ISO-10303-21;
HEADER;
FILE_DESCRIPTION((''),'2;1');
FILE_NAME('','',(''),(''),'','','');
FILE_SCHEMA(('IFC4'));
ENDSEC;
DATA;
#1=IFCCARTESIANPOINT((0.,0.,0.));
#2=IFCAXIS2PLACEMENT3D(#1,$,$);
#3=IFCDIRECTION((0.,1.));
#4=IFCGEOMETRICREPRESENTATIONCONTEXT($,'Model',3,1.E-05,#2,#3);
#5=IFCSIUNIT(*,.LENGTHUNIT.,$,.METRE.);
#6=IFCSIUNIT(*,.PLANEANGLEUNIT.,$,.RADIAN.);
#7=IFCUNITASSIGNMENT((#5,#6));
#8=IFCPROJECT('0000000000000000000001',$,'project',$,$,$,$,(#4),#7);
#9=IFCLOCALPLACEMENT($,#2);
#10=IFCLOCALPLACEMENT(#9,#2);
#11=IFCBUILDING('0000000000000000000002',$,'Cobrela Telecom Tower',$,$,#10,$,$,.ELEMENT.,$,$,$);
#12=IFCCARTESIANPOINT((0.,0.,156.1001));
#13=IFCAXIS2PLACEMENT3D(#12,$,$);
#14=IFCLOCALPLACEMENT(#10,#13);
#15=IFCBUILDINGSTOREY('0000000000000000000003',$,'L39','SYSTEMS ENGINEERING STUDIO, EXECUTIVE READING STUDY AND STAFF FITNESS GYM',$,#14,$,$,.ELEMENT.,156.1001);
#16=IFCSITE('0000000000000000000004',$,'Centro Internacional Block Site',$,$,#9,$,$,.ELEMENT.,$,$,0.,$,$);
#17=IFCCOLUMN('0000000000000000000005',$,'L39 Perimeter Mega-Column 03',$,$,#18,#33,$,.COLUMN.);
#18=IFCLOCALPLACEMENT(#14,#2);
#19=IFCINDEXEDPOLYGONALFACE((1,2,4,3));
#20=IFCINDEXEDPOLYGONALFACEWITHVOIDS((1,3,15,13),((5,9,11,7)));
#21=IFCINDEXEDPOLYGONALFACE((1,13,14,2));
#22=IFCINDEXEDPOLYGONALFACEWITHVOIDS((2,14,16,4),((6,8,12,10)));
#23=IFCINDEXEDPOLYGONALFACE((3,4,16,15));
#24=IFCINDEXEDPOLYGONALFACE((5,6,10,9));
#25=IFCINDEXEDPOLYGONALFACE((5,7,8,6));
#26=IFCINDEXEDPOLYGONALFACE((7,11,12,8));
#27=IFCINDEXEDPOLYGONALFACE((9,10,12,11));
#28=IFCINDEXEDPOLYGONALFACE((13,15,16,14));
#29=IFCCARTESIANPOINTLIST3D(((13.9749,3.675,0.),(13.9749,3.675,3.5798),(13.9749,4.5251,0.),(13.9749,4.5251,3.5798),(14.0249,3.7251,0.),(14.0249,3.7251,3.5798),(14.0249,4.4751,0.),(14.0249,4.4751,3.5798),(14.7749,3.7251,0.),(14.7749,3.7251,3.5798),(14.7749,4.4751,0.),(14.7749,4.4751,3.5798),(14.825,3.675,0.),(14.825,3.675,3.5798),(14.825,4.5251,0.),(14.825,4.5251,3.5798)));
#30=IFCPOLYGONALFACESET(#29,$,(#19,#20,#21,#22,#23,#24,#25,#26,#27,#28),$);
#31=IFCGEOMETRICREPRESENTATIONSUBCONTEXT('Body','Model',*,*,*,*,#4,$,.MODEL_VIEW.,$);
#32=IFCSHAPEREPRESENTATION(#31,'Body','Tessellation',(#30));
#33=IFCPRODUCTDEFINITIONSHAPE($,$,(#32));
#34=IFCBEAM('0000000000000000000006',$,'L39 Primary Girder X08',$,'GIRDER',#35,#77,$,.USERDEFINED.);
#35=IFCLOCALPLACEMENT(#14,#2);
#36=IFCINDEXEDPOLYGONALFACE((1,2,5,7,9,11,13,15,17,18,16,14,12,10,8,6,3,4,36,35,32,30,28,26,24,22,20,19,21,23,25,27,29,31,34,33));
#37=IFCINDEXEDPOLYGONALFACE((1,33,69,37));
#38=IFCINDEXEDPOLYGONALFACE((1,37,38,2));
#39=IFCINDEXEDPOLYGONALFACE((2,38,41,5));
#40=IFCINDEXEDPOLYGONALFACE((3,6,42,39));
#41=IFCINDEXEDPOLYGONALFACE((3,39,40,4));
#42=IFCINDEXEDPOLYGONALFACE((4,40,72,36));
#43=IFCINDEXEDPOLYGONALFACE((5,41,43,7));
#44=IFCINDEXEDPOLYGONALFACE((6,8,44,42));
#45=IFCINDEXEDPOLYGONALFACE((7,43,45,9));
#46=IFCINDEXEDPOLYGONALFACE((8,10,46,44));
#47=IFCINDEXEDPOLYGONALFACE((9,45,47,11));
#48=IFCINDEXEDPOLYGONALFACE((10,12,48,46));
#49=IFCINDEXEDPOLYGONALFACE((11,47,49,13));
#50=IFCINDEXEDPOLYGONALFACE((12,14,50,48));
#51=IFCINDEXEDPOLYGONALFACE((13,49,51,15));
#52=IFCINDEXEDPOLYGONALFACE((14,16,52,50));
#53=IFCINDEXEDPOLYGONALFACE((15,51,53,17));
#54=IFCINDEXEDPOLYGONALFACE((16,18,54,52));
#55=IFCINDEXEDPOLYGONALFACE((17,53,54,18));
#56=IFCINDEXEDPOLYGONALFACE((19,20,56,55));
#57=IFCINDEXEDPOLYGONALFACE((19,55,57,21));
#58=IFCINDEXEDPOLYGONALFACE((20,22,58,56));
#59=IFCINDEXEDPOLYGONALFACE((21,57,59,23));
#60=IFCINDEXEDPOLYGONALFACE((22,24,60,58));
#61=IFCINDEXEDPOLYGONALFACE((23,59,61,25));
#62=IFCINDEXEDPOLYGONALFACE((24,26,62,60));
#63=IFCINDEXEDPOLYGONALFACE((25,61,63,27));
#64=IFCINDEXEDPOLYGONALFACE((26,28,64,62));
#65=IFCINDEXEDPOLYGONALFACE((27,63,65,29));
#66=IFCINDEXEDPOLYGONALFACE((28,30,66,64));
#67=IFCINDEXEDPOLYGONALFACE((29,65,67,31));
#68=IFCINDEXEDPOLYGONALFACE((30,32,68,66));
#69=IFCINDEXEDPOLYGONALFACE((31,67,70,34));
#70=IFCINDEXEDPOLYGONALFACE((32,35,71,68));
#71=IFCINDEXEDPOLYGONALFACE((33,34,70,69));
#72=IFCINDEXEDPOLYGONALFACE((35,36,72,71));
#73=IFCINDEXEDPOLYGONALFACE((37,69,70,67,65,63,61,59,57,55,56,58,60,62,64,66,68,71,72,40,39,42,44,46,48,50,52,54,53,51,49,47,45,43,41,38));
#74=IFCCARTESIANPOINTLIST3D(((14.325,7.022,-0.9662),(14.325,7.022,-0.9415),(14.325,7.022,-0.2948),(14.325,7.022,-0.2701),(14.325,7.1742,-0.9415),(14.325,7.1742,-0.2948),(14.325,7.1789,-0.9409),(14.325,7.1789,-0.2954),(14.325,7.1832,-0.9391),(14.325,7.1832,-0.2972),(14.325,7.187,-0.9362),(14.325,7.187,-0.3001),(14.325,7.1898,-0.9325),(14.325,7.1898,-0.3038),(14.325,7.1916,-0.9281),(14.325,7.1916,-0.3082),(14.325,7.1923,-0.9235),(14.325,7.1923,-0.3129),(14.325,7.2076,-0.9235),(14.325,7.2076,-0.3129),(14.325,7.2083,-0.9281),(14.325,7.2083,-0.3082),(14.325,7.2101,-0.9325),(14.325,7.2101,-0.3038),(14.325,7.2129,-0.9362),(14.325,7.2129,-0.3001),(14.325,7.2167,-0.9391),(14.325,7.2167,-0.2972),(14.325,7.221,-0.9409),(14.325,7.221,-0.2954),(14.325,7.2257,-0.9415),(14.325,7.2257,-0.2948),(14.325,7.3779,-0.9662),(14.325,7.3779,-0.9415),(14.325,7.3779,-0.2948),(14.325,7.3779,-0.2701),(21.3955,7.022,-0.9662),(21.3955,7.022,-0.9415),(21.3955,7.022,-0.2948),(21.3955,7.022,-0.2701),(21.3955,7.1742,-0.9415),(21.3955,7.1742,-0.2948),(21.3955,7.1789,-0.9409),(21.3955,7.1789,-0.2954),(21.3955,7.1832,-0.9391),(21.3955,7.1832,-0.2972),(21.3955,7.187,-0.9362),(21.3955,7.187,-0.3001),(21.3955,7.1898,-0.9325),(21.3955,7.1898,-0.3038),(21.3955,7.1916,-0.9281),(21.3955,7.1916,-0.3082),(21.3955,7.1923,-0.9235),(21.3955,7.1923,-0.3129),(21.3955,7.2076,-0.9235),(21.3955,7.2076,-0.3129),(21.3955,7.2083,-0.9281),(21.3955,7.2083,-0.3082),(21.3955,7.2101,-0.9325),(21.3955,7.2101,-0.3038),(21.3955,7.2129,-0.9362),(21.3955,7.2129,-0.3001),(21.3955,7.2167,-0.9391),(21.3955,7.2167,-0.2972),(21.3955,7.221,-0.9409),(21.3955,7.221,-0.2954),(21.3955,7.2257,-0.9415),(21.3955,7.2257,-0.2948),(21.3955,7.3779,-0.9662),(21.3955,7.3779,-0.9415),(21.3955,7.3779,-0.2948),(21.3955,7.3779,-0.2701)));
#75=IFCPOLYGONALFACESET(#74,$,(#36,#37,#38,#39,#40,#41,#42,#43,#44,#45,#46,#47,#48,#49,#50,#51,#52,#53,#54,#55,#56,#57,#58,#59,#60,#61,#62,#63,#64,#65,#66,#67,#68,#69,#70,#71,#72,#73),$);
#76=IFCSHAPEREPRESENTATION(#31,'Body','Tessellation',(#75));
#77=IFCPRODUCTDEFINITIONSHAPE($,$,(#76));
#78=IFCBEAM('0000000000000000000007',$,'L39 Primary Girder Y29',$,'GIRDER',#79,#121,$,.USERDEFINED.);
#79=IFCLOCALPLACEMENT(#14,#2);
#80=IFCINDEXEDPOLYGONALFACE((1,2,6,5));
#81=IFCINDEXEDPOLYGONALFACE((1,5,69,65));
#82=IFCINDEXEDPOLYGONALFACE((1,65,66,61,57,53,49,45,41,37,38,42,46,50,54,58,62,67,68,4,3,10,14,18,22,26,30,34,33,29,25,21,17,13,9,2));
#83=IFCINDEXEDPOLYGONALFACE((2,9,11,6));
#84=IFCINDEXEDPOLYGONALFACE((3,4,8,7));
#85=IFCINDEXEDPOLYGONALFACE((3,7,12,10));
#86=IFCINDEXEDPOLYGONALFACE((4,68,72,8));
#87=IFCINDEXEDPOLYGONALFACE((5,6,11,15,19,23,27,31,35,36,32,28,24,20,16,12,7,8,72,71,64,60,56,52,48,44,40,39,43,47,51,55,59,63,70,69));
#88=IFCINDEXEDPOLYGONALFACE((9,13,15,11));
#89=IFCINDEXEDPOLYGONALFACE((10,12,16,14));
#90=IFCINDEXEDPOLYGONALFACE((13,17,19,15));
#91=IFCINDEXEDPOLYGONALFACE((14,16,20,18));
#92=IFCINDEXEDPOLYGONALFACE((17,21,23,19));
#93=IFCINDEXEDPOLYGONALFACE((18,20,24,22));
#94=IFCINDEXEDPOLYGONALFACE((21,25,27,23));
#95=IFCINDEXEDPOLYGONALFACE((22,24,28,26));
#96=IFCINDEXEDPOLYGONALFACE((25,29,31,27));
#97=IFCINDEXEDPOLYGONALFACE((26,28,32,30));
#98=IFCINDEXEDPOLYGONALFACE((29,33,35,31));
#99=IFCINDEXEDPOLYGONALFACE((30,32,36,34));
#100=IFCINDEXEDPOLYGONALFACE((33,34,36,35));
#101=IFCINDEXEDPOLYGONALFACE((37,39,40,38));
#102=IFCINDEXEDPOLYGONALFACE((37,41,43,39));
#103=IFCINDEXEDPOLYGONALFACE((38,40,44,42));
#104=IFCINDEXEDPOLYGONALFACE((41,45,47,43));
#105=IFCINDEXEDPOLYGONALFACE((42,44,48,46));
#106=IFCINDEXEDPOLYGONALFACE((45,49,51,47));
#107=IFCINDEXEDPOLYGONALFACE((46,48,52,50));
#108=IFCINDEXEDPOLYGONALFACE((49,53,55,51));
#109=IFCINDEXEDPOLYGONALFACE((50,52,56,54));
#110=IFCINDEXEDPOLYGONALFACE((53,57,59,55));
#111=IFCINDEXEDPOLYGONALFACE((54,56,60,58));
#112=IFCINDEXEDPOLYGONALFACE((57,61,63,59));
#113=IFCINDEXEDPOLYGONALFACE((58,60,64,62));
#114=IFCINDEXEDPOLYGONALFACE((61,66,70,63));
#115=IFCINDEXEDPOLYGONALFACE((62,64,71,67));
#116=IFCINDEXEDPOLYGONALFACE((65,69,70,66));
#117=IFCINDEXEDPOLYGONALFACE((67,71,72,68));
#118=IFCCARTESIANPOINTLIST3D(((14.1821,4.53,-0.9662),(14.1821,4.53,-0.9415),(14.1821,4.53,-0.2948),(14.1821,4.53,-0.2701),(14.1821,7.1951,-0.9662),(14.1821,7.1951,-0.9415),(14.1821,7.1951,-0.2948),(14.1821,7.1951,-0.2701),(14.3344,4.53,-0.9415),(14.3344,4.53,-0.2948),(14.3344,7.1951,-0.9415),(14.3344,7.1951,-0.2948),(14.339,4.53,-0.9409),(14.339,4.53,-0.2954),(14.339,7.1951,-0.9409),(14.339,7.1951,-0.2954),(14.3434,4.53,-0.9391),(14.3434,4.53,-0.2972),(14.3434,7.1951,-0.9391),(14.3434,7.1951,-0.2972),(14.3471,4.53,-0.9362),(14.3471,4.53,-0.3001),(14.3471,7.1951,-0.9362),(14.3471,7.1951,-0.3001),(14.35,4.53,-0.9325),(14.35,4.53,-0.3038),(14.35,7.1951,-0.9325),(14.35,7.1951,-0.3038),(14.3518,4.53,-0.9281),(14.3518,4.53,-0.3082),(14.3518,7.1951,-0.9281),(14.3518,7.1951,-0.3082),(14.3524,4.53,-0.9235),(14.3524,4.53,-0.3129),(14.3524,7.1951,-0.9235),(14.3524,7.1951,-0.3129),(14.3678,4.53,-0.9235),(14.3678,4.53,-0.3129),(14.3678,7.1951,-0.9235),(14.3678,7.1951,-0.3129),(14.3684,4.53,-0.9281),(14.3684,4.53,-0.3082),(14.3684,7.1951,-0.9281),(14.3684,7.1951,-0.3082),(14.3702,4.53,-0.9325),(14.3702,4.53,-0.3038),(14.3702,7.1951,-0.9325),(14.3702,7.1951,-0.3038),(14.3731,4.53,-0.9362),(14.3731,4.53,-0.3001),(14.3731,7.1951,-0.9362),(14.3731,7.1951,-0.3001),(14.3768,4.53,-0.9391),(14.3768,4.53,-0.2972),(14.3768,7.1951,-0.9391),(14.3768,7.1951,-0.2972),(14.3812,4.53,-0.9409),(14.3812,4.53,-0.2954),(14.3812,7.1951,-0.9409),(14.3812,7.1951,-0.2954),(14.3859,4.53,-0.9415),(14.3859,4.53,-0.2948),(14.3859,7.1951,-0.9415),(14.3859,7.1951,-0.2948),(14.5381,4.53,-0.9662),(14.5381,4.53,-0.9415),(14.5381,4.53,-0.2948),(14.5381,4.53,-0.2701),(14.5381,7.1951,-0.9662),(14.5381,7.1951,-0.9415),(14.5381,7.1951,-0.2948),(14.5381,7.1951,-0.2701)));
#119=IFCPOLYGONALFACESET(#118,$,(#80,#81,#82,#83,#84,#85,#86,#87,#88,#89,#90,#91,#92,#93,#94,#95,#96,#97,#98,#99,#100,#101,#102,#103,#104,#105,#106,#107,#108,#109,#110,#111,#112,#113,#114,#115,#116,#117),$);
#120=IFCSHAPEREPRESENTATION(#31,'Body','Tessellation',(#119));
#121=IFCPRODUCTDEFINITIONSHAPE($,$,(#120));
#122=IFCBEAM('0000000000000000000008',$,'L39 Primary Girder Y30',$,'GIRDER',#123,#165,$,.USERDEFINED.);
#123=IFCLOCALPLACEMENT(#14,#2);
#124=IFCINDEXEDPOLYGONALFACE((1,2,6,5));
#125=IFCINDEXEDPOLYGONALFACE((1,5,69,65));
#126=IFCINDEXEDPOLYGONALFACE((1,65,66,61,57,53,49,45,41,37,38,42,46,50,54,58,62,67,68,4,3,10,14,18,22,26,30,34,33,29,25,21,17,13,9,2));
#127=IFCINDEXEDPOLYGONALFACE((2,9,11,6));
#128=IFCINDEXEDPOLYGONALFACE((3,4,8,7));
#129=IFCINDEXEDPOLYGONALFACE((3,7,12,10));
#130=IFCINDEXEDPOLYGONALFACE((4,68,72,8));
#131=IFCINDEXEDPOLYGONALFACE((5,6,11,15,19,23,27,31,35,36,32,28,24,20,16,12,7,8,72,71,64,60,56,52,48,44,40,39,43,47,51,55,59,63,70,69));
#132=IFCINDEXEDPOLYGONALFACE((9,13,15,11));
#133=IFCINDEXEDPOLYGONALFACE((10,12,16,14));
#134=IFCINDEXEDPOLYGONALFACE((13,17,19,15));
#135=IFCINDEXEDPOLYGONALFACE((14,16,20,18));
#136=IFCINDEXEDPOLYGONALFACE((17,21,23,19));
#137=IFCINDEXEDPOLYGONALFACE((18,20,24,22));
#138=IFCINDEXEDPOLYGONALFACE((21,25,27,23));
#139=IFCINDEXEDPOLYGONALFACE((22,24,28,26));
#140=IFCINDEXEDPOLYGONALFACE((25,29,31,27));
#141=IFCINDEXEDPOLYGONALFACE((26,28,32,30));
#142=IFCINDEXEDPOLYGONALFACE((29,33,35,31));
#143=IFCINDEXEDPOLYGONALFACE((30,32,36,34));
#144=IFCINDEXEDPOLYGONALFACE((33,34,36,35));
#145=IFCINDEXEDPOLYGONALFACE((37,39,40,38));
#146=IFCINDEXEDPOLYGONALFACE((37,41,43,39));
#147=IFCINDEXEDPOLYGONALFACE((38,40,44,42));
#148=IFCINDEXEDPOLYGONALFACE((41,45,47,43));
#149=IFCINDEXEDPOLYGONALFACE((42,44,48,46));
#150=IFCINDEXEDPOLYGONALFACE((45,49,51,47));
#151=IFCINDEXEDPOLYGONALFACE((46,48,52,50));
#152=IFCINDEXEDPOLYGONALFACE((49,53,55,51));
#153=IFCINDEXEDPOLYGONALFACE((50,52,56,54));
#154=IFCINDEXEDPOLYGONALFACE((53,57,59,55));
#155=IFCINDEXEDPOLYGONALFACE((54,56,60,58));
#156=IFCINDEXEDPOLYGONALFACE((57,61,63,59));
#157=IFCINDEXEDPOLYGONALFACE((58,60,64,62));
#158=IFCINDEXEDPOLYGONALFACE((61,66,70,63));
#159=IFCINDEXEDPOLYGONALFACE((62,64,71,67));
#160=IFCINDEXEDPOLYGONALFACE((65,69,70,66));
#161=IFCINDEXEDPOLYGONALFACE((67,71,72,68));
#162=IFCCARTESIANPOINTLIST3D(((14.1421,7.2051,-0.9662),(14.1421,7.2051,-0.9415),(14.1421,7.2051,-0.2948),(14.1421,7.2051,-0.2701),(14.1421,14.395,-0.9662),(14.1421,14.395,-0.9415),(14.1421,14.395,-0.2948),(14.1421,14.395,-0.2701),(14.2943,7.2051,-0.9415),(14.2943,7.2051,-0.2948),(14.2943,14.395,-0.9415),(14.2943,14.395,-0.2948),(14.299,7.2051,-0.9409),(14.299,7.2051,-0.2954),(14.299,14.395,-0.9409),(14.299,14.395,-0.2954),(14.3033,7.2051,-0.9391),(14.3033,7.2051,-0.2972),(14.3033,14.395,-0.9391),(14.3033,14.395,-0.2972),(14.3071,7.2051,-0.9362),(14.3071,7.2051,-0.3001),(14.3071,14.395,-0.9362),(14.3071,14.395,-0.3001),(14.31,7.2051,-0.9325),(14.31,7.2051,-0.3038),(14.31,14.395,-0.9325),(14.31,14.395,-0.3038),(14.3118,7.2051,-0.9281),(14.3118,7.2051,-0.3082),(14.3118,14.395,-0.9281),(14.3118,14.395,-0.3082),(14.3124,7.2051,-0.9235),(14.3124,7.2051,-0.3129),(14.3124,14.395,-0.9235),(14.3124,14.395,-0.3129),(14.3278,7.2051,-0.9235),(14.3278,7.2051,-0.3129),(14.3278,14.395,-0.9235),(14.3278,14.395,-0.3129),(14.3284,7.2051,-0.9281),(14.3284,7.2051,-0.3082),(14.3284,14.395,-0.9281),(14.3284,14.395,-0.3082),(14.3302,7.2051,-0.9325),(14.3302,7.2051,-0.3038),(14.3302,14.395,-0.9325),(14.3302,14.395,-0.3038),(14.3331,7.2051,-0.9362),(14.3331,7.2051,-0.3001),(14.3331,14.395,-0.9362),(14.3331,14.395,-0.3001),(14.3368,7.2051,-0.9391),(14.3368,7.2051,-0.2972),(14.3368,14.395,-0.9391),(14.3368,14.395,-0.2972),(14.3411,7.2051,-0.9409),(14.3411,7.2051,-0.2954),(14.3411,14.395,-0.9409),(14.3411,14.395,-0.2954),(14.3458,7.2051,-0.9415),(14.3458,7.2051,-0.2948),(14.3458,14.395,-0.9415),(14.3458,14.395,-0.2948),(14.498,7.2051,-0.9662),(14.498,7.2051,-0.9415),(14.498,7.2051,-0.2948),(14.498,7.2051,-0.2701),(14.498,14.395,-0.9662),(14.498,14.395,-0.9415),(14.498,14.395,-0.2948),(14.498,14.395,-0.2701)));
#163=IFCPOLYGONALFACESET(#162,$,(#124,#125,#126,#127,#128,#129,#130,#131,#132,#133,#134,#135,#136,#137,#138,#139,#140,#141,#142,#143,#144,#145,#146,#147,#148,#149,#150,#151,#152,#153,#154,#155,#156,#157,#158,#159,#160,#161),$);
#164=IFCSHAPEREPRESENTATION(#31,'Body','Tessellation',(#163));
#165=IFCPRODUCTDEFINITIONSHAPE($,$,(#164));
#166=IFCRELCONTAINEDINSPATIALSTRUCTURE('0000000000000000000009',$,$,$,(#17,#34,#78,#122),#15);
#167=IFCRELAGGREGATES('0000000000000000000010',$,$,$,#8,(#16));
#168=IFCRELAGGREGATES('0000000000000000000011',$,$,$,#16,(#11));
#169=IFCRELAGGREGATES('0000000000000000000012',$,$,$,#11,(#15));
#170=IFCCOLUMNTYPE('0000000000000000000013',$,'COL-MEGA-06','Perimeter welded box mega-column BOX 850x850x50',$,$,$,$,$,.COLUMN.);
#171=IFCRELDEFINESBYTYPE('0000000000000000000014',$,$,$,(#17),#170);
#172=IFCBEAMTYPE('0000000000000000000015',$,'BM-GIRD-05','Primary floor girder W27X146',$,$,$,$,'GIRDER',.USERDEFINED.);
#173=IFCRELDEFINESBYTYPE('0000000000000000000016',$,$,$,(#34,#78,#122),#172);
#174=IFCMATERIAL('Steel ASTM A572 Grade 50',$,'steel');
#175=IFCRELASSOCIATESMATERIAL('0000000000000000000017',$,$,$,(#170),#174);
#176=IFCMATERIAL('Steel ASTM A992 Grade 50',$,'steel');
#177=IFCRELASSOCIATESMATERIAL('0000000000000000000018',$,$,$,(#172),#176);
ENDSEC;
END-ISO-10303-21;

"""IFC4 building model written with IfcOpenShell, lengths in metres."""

from ifc_helpers import new_model, si_unit, direction, frame, origin, origin_2d, place, context, subcontext, project, spatial, hollow_rectangle, i_section, extrude, material, material_profile, profile_set, type_object, element, save


model = new_model("IFC4")

# Units and contexts
model_context = context("Model", 3, precision=1e-05, world=origin(), true_north=direction((0.0, 1.0)))
body_context = subcontext(model_context, "Body", "Model", "MODEL_VIEW")
ifc_project = project(units=[si_unit("LENGTHUNIT", "METRE"), si_unit("PLANEANGLEUNIT", "RADIAN")], contexts=[model_context])

# Site, building, storey
site_placement = place(None, origin())
site = spatial("IfcSite", under=ifc_project, at=site_placement, Name="Centro Internacional Block Site", CompositionType="ELEMENT", RefElevation=0.0)
building_placement = place(site_placement, origin())
building = spatial("IfcBuilding", under=site, at=building_placement, Name="Cobrela Telecom Tower", CompositionType="ELEMENT")
storey_placement = place(building_placement, frame((0.0, 0.0, 156.1001)))
storey = spatial("IfcBuildingStorey", under=building, at=storey_placement, Name="L39", Description="SYSTEMS ENGINEERING STUDIO, EXECUTIVE READING STUDY AND STAFF FITNESS GYM", CompositionType="ELEMENT", Elevation=156.1001)

# Column
ifc_material_1 = material(Name="Steel ASTM A572 Grade 50", Category="steel")
ifc_material_profile_1 = material_profile(ifc_material_1, hollow_rectangle(XDim=0.8501, YDim=0.8501, WallThickness=0.05, at=origin_2d()), Name="BOX 850x850x50")
ifc_profile_set_1 = profile_set([ifc_material_profile_1], Name="Steel ASTM A572 Grade 50")
column_type = type_object("IfcColumnType", Name="COL-MEGA-06", Description="Perimeter welded box mega-column BOX 850x850x50", PredefinedType="COLUMN", material=ifc_profile_set_1)
column_placement = place(storey_placement, frame((14.3999, 4.1001, 0.0), z_axis=(0.0, 0.0, 1.0), x_axis=(1.0, 0.0, 0.0)))
element("IfcColumn", 1, at=column_placement, inside=storey, type_object=column_type, Name="L39 Perimeter Mega-Column 03", PredefinedType="COLUMN", context=body_context, shape_type="SweptSolid", body=[
    extrude(hollow_rectangle(XDim=0.8501, YDim=0.8501, WallThickness=0.05, at=origin_2d()), origin(), (0.0, 0.0, 1.0), 3.5798),
])

# Beams
ifc_material_2 = material(Name="Steel ASTM A992 Grade 50", Category="steel")
ifc_material_profile_2 = material_profile(ifc_material_2, i_section(OverallWidth=0.356, OverallDepth=0.696, WebThickness=0.0154, FlangeThickness=0.0247, FilletRadius=0.0181, at=origin_2d()), Name="W27X146")
ifc_profile_set_2 = profile_set([ifc_material_profile_2], Name="Steel ASTM A992 Grade 50")
beam_type_1 = type_object("IfcBeamType", Name="BM-GIRD-05", Description="Primary floor girder W27X146", ElementType="GIRDER", PredefinedType="USERDEFINED", material=ifc_profile_set_2)
beam_1_placement = place(storey_placement, frame((14.325, 7.2, -0.6182), z_axis=(1.0, 0.0, 0.0), x_axis=(0.0, 1.0, 0.0)))
element("IfcBeam", 2, at=beam_1_placement, inside=storey, type_object=beam_type_1, Name="L39 Primary Girder X08", ObjectType="GIRDER", PredefinedType="USERDEFINED", context=body_context, shape_type="SweptSolid", body=[
    extrude(i_section(OverallWidth=0.356, OverallDepth=0.696, WebThickness=0.0154, FlangeThickness=0.0247, FilletRadius=0.0181, at=origin_2d()), origin(), (0.0, 0.0, 1.0), 7.0706),
])
beam_2_placement = place(storey_placement, frame((14.3601, 4.53, -0.6182), z_axis=(0.0, 1.0, 0.0), x_axis=(-1.0, 0.0, 0.0)))
element("IfcBeam", 3, at=beam_2_placement, inside=storey, type_object=beam_type_1, Name="L39 Primary Girder Y29", ObjectType="GIRDER", PredefinedType="USERDEFINED", context=body_context, shape_type="SweptSolid", body=[
    extrude(i_section(OverallWidth=0.356, OverallDepth=0.696, WebThickness=0.0154, FlangeThickness=0.0247, FilletRadius=0.0181, at=origin_2d()), origin(), (0.0, 0.0, 1.0), 2.665),
])
beam_3_placement = place(storey_placement, frame((14.3201, 7.2051, -0.6182), z_axis=(0.0, 1.0, 0.0), x_axis=(-1.0, 0.0, 0.0)))
element("IfcBeam", 4, at=beam_3_placement, inside=storey, type_object=beam_type_1, Name="L39 Primary Girder Y30", ObjectType="GIRDER", PredefinedType="USERDEFINED", context=body_context, shape_type="SweptSolid", body=[
    extrude(i_section(OverallWidth=0.356, OverallDepth=0.696, WebThickness=0.0154, FlangeThickness=0.0247, FilletRadius=0.0181, at=origin_2d()), origin(), (0.0, 0.0, 1.0), 7.1899),
])

save(model, "model.ifc")
